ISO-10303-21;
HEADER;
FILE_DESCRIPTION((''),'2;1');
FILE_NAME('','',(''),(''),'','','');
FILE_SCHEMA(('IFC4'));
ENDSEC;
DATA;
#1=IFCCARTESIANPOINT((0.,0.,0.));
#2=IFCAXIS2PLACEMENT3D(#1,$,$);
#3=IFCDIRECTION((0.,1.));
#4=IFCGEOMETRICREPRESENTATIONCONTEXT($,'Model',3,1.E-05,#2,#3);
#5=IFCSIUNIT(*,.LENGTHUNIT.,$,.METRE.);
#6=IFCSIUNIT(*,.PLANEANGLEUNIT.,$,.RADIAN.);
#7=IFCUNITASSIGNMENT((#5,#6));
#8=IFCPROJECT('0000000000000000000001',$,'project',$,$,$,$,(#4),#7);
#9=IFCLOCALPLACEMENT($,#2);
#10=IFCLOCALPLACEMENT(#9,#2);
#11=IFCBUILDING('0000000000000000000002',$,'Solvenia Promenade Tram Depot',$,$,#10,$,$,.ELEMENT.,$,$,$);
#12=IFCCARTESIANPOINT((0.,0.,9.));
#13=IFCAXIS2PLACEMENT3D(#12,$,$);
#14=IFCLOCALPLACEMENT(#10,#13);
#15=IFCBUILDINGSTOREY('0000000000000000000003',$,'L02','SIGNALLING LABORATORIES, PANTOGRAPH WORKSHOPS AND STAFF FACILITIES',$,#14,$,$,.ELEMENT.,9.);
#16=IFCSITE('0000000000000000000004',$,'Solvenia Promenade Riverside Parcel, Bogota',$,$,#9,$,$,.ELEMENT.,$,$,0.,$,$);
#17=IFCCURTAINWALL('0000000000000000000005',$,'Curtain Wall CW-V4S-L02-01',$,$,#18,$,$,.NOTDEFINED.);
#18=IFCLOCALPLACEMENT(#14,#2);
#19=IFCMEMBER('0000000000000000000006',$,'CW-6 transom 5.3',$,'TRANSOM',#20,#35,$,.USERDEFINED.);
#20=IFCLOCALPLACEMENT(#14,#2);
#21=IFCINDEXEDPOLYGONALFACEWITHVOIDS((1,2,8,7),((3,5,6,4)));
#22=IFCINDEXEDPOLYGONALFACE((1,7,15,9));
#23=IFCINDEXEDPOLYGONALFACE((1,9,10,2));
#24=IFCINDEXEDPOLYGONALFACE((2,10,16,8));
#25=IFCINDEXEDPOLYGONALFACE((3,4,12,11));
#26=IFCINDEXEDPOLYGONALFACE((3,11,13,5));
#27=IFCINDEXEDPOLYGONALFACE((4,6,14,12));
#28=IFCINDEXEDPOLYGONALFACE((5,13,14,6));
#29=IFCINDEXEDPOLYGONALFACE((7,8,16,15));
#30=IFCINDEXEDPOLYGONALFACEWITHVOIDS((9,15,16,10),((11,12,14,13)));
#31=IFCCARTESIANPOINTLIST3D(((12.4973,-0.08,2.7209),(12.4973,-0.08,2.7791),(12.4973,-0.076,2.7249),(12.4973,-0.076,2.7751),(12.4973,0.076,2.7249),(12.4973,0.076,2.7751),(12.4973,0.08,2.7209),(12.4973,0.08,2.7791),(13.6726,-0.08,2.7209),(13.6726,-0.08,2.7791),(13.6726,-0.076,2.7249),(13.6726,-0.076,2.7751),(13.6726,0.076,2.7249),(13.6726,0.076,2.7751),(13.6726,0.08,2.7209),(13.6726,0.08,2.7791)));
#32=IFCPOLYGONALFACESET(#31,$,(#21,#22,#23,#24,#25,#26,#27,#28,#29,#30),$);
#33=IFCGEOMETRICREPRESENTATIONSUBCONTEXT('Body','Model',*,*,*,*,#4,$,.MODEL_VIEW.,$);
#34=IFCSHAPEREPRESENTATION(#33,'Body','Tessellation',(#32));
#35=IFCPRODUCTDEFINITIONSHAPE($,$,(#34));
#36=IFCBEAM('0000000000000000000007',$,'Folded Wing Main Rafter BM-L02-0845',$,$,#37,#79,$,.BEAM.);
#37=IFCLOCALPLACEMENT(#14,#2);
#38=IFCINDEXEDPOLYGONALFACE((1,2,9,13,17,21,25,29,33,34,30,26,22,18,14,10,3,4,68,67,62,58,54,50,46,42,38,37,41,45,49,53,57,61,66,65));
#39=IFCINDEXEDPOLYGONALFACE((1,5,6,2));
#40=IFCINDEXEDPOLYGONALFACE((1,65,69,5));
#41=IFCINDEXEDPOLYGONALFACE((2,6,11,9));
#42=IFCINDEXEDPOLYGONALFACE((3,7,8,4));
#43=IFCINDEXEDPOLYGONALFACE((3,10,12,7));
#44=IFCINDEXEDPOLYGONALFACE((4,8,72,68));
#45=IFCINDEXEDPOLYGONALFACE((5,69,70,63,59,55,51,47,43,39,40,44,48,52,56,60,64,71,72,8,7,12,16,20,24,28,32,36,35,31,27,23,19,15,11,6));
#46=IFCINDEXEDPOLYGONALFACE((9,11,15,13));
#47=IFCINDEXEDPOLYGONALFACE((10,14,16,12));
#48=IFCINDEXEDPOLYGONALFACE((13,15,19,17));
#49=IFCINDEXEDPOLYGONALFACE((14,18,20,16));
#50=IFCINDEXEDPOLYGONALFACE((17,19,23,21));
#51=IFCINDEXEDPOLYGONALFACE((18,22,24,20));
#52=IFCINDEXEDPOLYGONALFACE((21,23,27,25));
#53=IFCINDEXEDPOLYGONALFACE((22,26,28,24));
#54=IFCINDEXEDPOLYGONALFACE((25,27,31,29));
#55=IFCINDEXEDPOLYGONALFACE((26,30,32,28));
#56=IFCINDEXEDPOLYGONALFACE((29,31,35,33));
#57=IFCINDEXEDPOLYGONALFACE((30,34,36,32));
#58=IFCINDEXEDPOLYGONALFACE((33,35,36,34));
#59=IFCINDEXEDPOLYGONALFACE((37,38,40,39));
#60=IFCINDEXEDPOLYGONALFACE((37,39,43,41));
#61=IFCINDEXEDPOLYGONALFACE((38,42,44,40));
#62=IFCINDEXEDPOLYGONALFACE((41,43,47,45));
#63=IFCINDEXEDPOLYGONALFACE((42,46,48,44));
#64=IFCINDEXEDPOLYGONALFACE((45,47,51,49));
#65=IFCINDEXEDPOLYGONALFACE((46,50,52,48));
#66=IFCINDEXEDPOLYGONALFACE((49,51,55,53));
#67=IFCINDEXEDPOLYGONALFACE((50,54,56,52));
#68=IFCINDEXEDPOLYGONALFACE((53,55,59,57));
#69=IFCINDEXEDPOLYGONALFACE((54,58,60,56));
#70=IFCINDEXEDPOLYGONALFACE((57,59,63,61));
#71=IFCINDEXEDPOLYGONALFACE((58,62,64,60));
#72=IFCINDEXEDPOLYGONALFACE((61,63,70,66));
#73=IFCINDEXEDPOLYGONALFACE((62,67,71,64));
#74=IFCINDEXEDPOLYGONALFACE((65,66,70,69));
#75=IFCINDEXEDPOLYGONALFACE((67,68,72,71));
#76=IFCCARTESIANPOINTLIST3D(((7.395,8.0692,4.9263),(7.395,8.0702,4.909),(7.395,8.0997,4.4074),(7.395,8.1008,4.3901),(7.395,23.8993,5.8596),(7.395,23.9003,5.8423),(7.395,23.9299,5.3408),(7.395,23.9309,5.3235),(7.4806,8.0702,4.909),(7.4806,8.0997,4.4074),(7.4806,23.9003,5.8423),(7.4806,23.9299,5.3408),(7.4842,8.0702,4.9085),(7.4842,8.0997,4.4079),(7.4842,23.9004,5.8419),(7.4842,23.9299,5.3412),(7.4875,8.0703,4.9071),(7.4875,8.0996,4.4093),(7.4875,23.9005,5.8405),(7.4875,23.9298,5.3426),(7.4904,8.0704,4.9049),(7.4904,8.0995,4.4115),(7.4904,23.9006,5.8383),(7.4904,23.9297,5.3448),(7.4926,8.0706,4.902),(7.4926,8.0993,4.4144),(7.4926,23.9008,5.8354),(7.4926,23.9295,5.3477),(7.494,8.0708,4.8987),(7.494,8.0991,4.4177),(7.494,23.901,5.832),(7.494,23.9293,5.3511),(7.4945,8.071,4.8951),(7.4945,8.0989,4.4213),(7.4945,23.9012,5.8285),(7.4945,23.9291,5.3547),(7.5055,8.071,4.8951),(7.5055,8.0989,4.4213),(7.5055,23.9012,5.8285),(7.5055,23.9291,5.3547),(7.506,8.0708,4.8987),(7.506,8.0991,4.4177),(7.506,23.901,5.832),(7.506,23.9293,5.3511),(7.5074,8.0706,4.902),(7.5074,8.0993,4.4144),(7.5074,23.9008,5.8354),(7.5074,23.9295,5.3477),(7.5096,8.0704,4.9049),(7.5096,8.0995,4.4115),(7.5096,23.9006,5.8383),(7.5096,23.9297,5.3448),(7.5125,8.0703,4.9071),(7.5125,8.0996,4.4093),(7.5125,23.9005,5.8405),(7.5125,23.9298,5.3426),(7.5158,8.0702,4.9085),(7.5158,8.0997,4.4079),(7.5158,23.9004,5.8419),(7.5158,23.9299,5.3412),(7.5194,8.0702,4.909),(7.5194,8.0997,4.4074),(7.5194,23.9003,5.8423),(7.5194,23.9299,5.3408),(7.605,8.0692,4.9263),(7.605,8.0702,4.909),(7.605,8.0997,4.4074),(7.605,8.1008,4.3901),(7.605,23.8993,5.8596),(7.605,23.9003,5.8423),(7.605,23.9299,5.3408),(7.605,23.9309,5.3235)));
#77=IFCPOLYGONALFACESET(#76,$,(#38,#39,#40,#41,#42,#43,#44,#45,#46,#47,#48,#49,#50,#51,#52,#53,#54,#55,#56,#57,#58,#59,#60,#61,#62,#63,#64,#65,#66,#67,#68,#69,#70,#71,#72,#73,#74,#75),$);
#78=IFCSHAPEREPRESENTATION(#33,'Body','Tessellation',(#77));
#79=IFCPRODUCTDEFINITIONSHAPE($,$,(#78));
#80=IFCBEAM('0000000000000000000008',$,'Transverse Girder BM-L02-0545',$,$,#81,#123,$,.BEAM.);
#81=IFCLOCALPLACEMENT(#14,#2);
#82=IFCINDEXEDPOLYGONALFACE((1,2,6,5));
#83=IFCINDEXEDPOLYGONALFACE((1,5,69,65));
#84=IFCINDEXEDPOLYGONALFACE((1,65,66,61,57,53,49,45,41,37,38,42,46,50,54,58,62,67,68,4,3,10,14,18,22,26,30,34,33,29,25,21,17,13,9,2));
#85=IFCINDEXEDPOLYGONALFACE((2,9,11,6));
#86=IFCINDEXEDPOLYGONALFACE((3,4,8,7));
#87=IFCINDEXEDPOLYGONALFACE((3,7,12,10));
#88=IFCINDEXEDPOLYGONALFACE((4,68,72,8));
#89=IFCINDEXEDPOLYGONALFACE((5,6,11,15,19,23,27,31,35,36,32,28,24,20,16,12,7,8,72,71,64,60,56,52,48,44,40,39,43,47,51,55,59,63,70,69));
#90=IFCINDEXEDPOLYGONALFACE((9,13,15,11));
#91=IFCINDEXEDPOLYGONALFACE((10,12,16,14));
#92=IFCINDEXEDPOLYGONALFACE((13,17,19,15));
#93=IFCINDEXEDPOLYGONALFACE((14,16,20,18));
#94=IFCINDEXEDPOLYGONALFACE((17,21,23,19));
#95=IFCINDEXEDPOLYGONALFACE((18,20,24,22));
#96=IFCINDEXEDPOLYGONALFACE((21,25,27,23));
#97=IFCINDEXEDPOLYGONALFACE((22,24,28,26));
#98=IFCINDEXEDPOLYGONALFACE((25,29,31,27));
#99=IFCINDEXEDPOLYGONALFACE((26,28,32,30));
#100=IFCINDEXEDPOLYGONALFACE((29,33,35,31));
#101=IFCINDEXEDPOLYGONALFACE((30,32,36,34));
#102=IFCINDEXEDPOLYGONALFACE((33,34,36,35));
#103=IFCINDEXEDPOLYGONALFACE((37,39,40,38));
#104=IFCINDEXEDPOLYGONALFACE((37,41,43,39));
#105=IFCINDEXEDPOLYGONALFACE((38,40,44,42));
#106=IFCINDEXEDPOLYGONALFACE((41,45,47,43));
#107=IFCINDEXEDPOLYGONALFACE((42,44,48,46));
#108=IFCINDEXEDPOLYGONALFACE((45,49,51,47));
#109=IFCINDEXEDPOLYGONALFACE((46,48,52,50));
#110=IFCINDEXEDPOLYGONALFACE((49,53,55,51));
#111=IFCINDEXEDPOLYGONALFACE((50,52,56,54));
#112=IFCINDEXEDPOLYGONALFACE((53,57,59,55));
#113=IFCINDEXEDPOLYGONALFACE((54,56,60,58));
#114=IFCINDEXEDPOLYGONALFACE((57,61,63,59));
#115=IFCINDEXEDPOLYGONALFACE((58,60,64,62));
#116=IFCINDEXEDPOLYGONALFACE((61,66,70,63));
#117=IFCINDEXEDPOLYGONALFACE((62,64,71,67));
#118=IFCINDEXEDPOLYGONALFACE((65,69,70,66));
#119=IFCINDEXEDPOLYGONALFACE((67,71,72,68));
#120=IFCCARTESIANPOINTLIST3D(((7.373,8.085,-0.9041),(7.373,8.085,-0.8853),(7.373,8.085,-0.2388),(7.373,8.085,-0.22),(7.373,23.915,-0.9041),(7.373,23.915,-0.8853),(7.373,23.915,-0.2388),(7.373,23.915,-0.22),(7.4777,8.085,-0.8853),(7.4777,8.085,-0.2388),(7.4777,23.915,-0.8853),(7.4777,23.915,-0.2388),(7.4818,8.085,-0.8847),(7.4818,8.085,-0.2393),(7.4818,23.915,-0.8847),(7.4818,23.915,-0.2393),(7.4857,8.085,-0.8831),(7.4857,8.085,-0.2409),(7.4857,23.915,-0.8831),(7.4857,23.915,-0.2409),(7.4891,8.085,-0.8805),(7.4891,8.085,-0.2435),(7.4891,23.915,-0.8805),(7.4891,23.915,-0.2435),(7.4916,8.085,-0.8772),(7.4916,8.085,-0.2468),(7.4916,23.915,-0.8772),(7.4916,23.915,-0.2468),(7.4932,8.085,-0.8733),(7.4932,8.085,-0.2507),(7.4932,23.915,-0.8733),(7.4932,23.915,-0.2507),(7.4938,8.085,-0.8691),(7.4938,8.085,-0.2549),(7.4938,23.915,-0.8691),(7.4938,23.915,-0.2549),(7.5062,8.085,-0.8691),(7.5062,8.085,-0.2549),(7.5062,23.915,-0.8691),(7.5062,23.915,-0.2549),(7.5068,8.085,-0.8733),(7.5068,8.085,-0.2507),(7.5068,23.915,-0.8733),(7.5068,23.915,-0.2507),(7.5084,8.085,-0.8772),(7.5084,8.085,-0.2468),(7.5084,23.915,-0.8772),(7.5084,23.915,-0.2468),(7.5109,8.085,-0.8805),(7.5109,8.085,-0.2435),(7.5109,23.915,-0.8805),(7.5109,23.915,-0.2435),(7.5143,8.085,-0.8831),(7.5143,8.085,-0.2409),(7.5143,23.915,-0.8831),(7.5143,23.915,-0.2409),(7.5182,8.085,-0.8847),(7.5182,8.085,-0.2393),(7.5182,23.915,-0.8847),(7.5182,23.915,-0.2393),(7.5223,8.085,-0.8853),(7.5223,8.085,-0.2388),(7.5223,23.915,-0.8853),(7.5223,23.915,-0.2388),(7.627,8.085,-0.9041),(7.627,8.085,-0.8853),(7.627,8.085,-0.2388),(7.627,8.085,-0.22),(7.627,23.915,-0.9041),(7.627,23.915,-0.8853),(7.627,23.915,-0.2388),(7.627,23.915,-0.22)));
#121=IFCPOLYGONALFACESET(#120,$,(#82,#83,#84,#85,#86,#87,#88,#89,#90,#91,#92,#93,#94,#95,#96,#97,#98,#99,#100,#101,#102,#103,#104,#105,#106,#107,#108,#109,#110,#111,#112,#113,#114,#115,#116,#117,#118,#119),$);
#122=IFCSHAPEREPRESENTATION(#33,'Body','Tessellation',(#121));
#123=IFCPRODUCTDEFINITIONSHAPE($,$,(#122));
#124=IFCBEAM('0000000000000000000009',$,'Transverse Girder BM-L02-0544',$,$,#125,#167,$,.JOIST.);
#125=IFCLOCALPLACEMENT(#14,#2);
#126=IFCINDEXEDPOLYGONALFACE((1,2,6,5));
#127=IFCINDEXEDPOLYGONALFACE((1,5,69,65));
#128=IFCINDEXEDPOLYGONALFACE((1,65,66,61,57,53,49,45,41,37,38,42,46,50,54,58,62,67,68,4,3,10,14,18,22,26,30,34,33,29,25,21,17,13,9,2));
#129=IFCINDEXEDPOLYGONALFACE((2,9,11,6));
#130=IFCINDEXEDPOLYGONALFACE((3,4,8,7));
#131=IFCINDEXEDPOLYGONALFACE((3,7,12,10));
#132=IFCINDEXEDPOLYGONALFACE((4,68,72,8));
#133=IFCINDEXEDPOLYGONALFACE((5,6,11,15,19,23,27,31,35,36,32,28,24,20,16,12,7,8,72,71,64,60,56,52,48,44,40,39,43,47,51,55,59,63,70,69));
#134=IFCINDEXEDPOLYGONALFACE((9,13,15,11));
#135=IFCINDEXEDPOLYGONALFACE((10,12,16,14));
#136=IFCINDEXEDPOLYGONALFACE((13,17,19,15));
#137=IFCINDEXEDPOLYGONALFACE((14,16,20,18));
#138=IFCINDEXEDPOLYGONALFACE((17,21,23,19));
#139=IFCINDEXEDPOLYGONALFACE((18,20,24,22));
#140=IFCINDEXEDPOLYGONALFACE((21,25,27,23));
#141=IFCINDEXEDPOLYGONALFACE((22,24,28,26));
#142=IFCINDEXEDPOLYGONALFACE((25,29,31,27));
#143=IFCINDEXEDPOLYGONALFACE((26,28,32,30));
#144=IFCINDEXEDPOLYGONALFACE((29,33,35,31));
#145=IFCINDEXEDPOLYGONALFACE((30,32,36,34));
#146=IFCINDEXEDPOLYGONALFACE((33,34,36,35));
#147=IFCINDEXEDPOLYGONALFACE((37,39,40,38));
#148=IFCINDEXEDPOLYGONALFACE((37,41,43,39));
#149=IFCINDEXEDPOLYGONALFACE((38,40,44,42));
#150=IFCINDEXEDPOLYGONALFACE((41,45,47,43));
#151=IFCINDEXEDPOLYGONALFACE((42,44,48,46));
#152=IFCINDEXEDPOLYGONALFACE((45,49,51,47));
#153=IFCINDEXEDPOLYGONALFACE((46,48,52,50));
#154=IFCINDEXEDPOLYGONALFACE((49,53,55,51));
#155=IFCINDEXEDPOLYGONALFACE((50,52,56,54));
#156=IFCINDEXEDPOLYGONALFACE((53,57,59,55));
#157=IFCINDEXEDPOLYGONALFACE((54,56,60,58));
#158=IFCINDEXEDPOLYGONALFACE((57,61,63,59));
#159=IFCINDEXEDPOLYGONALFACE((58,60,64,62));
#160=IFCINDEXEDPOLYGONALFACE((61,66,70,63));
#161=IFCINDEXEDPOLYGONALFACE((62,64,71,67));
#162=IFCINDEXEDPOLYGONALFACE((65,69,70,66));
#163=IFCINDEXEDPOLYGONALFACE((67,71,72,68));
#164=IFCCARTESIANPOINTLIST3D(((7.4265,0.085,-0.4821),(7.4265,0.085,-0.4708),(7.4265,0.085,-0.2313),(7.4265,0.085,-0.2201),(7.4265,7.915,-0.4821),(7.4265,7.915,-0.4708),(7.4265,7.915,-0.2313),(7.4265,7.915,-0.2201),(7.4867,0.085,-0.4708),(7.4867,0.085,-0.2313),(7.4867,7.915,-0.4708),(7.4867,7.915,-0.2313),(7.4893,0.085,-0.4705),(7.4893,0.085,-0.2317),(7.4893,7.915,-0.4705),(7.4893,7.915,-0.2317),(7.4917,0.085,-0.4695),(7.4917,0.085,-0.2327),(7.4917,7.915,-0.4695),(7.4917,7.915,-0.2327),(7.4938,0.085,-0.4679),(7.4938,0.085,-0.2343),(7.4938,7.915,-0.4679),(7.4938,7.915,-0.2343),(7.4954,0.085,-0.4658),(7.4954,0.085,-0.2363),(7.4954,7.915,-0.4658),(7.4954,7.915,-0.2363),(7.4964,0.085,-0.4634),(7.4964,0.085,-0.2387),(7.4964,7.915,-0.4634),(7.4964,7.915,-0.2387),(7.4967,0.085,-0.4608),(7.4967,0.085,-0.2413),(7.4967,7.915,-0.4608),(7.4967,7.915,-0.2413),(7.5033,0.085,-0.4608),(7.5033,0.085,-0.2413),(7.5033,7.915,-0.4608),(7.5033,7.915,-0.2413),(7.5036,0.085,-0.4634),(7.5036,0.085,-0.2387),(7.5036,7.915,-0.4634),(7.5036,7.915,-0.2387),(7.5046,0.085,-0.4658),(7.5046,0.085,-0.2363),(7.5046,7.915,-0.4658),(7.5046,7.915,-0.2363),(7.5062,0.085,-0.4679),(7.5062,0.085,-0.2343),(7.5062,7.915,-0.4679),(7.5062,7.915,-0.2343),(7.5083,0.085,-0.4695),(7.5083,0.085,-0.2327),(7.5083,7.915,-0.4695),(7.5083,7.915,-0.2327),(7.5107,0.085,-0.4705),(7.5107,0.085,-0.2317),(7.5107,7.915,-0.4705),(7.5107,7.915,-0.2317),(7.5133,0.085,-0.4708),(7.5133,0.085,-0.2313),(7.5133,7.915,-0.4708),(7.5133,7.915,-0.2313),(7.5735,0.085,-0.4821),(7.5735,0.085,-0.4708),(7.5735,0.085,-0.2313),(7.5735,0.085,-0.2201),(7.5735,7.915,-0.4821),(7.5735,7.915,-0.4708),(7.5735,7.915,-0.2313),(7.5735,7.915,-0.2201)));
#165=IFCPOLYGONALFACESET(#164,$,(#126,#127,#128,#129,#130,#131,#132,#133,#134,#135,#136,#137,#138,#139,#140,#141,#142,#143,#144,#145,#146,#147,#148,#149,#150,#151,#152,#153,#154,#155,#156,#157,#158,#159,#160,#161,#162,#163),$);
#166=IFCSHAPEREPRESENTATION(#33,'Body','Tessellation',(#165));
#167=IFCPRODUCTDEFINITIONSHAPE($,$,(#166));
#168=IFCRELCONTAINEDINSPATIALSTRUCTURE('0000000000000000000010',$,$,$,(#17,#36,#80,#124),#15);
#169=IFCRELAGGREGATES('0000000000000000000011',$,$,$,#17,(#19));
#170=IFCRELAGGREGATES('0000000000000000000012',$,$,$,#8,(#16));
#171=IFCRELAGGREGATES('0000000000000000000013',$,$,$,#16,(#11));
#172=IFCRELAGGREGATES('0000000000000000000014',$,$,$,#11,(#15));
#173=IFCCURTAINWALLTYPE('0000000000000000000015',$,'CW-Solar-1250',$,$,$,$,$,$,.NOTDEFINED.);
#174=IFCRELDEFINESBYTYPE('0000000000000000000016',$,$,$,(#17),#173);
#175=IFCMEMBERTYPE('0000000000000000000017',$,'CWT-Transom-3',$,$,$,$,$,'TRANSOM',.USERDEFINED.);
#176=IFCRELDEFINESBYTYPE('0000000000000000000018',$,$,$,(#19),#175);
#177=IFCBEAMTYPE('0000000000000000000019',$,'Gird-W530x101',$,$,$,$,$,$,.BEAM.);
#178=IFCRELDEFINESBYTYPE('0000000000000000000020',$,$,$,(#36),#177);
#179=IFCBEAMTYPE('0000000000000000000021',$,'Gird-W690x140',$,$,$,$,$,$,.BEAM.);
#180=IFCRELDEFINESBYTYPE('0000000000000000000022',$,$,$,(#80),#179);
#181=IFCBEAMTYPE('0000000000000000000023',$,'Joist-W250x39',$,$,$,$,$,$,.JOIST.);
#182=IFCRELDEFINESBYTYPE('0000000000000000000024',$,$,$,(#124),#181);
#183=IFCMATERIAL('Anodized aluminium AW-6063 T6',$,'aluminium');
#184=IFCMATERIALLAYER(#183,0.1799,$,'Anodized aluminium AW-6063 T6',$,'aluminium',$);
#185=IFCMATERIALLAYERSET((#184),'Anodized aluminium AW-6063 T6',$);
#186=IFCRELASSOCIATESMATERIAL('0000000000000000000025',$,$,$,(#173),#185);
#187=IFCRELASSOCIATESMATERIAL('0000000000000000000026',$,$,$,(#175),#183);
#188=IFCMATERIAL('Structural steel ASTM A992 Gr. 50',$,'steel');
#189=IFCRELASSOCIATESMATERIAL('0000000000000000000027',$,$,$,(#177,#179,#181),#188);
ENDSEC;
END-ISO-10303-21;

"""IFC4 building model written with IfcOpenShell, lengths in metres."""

from ifc_helpers import new_model, si_unit, direction, frame, origin, origin_2d, place, context, subcontext, project, spatial, hollow_rectangle, i_section, extrude, material, layer, layer_set, material_profile, profile_set, type_object, element, aggregate, save


model = new_model("IFC4")

# Units and contexts
model_context = context("Model", 3, precision=1e-05, world=origin(), true_north=direction((0.0, 1.0)))
body_context = subcontext(model_context, "Body", "Model", "MODEL_VIEW")
ifc_project = project(units=[si_unit("LENGTHUNIT", "METRE"), si_unit("PLANEANGLEUNIT", "RADIAN")], contexts=[model_context])

# Site, building, storey
site_placement = place(None, origin())
site = spatial("IfcSite", under=ifc_project, at=site_placement, Name="Solvenia Promenade Riverside Parcel, Bogota", CompositionType="ELEMENT", RefElevation=0.0)
building_placement = place(site_placement, origin())
building = spatial("IfcBuilding", under=site, at=building_placement, Name="Solvenia Promenade Tram Depot", CompositionType="ELEMENT")
storey_placement = place(building_placement, frame((0.0, 0.0, 9.0)))
storey = spatial("IfcBuildingStorey", under=building, at=storey_placement, Name="L02", Description="SIGNALLING LABORATORIES, PANTOGRAPH WORKSHOPS AND STAFF FACILITIES", CompositionType="ELEMENT", Elevation=9.0)

# Shared definitions
ifc_material_1 = material(Name="Structural steel ASTM A992 Gr. 50", Category="steel")

# Curtain wall
ifc_material_2 = material(Name="Anodized aluminium AW-6063 T6", Category="aluminium")
ifc_layer_1 = layer(ifc_material_2, 0.1799, Name="Anodized aluminium AW-6063 T6", Category="aluminium")
ifc_layer_set_1 = layer_set([ifc_layer_1], Name="Anodized aluminium AW-6063 T6")
curtain_wall_type_1 = type_object("IfcCurtainWallType", Name="CW-Solar-1250", PredefinedType="NOTDEFINED", material=ifc_layer_set_1)
curtain_wall_1_placement = place(storey_placement, origin())
curtain_wall_1 = element("IfcCurtainWall", 1, at=curtain_wall_1_placement, inside=storey, type_object=curtain_wall_type_1, Name="Curtain Wall CW-V4S-L02-01", PredefinedType="NOTDEFINED")

# Member
ifc_material_profile_1 = material_profile(ifc_material_2, hollow_rectangle(XDim=0.1599, YDim=0.0581, WallThickness=0.0039, at=origin_2d()), Name="ALU-T3", Category="aluminium")
ifc_profile_set_1 = profile_set([ifc_material_profile_1], Name="Anodized aluminium AW-6063 T6")
member_type_1 = type_object("IfcMemberType", Name="CWT-Transom-3", ElementType="TRANSOM", PredefinedType="USERDEFINED", material=ifc_profile_set_1)
member_1_placement = place(storey_placement, frame((12.4973, 0.0, 2.75), z_axis=(1.0, 0.0, 0.0), x_axis=(0.0, 1.0, 0.0)))
member_1 = element("IfcMember", 2, at=member_1_placement, type_object=member_type_1, Name="CW-6 transom 5.3", ObjectType="TRANSOM", PredefinedType="USERDEFINED", context=body_context, shape_type="SweptSolid", body=[
    extrude(hollow_rectangle(XDim=0.1599, YDim=0.0581, WallThickness=0.0039, at=origin_2d()), origin(), (0.0, 0.0, 1.0), 1.1753),
])

# Beams
ifc_material_profile_2 = material_profile(ifc_material_1, i_section(OverallWidth=0.21, OverallDepth=0.5371, WebThickness=0.011, FlangeThickness=0.0173, FilletRadius=0.0139, at=origin_2d()), Name="W530x101", Category="steel")
ifc_profile_set_2 = profile_set([ifc_material_profile_2], Name="Structural steel ASTM A992 Gr. 50")
beam_type_1 = type_object("IfcBeamType", Name="Gird-W530x101", PredefinedType="BEAM", material=ifc_profile_set_2)
beam_1_placement = place(storey_placement, frame((7.5, 8.085, 4.6582), z_axis=(0.0, 0.998266, 0.058858), x_axis=(-1.0, 0.0, 0.0)))
element("IfcBeam", 3, at=beam_1_placement, inside=storey, type_object=beam_type_1, Name="Folded Wing Main Rafter BM-L02-0845", PredefinedType="BEAM", context=body_context, shape_type="SweptSolid", body=[
    extrude(i_section(OverallWidth=0.21, OverallDepth=0.5371, WebThickness=0.011, FlangeThickness=0.0173, FilletRadius=0.0139, at=origin_2d()), origin(), (0.0, 0.0, 1.0), 15.8577),
])
ifc_material_profile_3 = material_profile(ifc_material_1, i_section(OverallWidth=0.2539, OverallDepth=0.6841, WebThickness=0.0125, FlangeThickness=0.0188, FilletRadius=0.0161, at=origin_2d()), Name="W690x140", Category="steel")
ifc_profile_set_3 = profile_set([ifc_material_profile_3], Name="Structural steel ASTM A992 Gr. 50")
beam_type_2 = type_object("IfcBeamType", Name="Gird-W690x140", PredefinedType="BEAM", material=ifc_profile_set_3)
beam_2_placement = place(storey_placement, frame((7.5, 8.085, -0.562), z_axis=(0.0, 1.0, 0.0), x_axis=(-1.0, 0.0, 0.0)))
element("IfcBeam", 4, at=beam_2_placement, inside=storey, type_object=beam_type_2, Name="Transverse Girder BM-L02-0545", PredefinedType="BEAM", context=body_context, shape_type="SweptSolid", body=[
    extrude(i_section(OverallWidth=0.2539, OverallDepth=0.6841, WebThickness=0.0125, FlangeThickness=0.0188, FilletRadius=0.0161, at=origin_2d()), origin(), (0.0, 0.0, 1.0), 15.8301),
])
ifc_material_profile_4 = material_profile(ifc_material_1, i_section(OverallWidth=0.147, OverallDepth=0.262, WebThickness=0.0066, FlangeThickness=0.0112, FilletRadius=0.01, at=origin_2d()), Name="W250x39", Category="steel")
ifc_profile_set_4 = profile_set([ifc_material_profile_4], Name="Structural steel ASTM A992 Gr. 50")
beam_type_3 = type_object("IfcBeamType", Name="Joist-W250x39", PredefinedType="JOIST", material=ifc_profile_set_4)
beam_3_placement = place(storey_placement, frame((7.5, 0.085, -0.3511), z_axis=(0.0, 1.0, 0.0), x_axis=(-1.0, 0.0, 0.0)))
element("IfcBeam", 5, at=beam_3_placement, inside=storey, type_object=beam_type_3, Name="Transverse Girder BM-L02-0544", PredefinedType="JOIST", context=body_context, shape_type="SweptSolid", body=[
    extrude(i_section(OverallWidth=0.147, OverallDepth=0.262, WebThickness=0.0066, FlangeThickness=0.0112, FilletRadius=0.01, at=origin_2d()), origin(), (0.0, 0.0, 1.0), 7.8301),
])

aggregate(curtain_wall_1, [member_1])

save(model, "model.ifc")
